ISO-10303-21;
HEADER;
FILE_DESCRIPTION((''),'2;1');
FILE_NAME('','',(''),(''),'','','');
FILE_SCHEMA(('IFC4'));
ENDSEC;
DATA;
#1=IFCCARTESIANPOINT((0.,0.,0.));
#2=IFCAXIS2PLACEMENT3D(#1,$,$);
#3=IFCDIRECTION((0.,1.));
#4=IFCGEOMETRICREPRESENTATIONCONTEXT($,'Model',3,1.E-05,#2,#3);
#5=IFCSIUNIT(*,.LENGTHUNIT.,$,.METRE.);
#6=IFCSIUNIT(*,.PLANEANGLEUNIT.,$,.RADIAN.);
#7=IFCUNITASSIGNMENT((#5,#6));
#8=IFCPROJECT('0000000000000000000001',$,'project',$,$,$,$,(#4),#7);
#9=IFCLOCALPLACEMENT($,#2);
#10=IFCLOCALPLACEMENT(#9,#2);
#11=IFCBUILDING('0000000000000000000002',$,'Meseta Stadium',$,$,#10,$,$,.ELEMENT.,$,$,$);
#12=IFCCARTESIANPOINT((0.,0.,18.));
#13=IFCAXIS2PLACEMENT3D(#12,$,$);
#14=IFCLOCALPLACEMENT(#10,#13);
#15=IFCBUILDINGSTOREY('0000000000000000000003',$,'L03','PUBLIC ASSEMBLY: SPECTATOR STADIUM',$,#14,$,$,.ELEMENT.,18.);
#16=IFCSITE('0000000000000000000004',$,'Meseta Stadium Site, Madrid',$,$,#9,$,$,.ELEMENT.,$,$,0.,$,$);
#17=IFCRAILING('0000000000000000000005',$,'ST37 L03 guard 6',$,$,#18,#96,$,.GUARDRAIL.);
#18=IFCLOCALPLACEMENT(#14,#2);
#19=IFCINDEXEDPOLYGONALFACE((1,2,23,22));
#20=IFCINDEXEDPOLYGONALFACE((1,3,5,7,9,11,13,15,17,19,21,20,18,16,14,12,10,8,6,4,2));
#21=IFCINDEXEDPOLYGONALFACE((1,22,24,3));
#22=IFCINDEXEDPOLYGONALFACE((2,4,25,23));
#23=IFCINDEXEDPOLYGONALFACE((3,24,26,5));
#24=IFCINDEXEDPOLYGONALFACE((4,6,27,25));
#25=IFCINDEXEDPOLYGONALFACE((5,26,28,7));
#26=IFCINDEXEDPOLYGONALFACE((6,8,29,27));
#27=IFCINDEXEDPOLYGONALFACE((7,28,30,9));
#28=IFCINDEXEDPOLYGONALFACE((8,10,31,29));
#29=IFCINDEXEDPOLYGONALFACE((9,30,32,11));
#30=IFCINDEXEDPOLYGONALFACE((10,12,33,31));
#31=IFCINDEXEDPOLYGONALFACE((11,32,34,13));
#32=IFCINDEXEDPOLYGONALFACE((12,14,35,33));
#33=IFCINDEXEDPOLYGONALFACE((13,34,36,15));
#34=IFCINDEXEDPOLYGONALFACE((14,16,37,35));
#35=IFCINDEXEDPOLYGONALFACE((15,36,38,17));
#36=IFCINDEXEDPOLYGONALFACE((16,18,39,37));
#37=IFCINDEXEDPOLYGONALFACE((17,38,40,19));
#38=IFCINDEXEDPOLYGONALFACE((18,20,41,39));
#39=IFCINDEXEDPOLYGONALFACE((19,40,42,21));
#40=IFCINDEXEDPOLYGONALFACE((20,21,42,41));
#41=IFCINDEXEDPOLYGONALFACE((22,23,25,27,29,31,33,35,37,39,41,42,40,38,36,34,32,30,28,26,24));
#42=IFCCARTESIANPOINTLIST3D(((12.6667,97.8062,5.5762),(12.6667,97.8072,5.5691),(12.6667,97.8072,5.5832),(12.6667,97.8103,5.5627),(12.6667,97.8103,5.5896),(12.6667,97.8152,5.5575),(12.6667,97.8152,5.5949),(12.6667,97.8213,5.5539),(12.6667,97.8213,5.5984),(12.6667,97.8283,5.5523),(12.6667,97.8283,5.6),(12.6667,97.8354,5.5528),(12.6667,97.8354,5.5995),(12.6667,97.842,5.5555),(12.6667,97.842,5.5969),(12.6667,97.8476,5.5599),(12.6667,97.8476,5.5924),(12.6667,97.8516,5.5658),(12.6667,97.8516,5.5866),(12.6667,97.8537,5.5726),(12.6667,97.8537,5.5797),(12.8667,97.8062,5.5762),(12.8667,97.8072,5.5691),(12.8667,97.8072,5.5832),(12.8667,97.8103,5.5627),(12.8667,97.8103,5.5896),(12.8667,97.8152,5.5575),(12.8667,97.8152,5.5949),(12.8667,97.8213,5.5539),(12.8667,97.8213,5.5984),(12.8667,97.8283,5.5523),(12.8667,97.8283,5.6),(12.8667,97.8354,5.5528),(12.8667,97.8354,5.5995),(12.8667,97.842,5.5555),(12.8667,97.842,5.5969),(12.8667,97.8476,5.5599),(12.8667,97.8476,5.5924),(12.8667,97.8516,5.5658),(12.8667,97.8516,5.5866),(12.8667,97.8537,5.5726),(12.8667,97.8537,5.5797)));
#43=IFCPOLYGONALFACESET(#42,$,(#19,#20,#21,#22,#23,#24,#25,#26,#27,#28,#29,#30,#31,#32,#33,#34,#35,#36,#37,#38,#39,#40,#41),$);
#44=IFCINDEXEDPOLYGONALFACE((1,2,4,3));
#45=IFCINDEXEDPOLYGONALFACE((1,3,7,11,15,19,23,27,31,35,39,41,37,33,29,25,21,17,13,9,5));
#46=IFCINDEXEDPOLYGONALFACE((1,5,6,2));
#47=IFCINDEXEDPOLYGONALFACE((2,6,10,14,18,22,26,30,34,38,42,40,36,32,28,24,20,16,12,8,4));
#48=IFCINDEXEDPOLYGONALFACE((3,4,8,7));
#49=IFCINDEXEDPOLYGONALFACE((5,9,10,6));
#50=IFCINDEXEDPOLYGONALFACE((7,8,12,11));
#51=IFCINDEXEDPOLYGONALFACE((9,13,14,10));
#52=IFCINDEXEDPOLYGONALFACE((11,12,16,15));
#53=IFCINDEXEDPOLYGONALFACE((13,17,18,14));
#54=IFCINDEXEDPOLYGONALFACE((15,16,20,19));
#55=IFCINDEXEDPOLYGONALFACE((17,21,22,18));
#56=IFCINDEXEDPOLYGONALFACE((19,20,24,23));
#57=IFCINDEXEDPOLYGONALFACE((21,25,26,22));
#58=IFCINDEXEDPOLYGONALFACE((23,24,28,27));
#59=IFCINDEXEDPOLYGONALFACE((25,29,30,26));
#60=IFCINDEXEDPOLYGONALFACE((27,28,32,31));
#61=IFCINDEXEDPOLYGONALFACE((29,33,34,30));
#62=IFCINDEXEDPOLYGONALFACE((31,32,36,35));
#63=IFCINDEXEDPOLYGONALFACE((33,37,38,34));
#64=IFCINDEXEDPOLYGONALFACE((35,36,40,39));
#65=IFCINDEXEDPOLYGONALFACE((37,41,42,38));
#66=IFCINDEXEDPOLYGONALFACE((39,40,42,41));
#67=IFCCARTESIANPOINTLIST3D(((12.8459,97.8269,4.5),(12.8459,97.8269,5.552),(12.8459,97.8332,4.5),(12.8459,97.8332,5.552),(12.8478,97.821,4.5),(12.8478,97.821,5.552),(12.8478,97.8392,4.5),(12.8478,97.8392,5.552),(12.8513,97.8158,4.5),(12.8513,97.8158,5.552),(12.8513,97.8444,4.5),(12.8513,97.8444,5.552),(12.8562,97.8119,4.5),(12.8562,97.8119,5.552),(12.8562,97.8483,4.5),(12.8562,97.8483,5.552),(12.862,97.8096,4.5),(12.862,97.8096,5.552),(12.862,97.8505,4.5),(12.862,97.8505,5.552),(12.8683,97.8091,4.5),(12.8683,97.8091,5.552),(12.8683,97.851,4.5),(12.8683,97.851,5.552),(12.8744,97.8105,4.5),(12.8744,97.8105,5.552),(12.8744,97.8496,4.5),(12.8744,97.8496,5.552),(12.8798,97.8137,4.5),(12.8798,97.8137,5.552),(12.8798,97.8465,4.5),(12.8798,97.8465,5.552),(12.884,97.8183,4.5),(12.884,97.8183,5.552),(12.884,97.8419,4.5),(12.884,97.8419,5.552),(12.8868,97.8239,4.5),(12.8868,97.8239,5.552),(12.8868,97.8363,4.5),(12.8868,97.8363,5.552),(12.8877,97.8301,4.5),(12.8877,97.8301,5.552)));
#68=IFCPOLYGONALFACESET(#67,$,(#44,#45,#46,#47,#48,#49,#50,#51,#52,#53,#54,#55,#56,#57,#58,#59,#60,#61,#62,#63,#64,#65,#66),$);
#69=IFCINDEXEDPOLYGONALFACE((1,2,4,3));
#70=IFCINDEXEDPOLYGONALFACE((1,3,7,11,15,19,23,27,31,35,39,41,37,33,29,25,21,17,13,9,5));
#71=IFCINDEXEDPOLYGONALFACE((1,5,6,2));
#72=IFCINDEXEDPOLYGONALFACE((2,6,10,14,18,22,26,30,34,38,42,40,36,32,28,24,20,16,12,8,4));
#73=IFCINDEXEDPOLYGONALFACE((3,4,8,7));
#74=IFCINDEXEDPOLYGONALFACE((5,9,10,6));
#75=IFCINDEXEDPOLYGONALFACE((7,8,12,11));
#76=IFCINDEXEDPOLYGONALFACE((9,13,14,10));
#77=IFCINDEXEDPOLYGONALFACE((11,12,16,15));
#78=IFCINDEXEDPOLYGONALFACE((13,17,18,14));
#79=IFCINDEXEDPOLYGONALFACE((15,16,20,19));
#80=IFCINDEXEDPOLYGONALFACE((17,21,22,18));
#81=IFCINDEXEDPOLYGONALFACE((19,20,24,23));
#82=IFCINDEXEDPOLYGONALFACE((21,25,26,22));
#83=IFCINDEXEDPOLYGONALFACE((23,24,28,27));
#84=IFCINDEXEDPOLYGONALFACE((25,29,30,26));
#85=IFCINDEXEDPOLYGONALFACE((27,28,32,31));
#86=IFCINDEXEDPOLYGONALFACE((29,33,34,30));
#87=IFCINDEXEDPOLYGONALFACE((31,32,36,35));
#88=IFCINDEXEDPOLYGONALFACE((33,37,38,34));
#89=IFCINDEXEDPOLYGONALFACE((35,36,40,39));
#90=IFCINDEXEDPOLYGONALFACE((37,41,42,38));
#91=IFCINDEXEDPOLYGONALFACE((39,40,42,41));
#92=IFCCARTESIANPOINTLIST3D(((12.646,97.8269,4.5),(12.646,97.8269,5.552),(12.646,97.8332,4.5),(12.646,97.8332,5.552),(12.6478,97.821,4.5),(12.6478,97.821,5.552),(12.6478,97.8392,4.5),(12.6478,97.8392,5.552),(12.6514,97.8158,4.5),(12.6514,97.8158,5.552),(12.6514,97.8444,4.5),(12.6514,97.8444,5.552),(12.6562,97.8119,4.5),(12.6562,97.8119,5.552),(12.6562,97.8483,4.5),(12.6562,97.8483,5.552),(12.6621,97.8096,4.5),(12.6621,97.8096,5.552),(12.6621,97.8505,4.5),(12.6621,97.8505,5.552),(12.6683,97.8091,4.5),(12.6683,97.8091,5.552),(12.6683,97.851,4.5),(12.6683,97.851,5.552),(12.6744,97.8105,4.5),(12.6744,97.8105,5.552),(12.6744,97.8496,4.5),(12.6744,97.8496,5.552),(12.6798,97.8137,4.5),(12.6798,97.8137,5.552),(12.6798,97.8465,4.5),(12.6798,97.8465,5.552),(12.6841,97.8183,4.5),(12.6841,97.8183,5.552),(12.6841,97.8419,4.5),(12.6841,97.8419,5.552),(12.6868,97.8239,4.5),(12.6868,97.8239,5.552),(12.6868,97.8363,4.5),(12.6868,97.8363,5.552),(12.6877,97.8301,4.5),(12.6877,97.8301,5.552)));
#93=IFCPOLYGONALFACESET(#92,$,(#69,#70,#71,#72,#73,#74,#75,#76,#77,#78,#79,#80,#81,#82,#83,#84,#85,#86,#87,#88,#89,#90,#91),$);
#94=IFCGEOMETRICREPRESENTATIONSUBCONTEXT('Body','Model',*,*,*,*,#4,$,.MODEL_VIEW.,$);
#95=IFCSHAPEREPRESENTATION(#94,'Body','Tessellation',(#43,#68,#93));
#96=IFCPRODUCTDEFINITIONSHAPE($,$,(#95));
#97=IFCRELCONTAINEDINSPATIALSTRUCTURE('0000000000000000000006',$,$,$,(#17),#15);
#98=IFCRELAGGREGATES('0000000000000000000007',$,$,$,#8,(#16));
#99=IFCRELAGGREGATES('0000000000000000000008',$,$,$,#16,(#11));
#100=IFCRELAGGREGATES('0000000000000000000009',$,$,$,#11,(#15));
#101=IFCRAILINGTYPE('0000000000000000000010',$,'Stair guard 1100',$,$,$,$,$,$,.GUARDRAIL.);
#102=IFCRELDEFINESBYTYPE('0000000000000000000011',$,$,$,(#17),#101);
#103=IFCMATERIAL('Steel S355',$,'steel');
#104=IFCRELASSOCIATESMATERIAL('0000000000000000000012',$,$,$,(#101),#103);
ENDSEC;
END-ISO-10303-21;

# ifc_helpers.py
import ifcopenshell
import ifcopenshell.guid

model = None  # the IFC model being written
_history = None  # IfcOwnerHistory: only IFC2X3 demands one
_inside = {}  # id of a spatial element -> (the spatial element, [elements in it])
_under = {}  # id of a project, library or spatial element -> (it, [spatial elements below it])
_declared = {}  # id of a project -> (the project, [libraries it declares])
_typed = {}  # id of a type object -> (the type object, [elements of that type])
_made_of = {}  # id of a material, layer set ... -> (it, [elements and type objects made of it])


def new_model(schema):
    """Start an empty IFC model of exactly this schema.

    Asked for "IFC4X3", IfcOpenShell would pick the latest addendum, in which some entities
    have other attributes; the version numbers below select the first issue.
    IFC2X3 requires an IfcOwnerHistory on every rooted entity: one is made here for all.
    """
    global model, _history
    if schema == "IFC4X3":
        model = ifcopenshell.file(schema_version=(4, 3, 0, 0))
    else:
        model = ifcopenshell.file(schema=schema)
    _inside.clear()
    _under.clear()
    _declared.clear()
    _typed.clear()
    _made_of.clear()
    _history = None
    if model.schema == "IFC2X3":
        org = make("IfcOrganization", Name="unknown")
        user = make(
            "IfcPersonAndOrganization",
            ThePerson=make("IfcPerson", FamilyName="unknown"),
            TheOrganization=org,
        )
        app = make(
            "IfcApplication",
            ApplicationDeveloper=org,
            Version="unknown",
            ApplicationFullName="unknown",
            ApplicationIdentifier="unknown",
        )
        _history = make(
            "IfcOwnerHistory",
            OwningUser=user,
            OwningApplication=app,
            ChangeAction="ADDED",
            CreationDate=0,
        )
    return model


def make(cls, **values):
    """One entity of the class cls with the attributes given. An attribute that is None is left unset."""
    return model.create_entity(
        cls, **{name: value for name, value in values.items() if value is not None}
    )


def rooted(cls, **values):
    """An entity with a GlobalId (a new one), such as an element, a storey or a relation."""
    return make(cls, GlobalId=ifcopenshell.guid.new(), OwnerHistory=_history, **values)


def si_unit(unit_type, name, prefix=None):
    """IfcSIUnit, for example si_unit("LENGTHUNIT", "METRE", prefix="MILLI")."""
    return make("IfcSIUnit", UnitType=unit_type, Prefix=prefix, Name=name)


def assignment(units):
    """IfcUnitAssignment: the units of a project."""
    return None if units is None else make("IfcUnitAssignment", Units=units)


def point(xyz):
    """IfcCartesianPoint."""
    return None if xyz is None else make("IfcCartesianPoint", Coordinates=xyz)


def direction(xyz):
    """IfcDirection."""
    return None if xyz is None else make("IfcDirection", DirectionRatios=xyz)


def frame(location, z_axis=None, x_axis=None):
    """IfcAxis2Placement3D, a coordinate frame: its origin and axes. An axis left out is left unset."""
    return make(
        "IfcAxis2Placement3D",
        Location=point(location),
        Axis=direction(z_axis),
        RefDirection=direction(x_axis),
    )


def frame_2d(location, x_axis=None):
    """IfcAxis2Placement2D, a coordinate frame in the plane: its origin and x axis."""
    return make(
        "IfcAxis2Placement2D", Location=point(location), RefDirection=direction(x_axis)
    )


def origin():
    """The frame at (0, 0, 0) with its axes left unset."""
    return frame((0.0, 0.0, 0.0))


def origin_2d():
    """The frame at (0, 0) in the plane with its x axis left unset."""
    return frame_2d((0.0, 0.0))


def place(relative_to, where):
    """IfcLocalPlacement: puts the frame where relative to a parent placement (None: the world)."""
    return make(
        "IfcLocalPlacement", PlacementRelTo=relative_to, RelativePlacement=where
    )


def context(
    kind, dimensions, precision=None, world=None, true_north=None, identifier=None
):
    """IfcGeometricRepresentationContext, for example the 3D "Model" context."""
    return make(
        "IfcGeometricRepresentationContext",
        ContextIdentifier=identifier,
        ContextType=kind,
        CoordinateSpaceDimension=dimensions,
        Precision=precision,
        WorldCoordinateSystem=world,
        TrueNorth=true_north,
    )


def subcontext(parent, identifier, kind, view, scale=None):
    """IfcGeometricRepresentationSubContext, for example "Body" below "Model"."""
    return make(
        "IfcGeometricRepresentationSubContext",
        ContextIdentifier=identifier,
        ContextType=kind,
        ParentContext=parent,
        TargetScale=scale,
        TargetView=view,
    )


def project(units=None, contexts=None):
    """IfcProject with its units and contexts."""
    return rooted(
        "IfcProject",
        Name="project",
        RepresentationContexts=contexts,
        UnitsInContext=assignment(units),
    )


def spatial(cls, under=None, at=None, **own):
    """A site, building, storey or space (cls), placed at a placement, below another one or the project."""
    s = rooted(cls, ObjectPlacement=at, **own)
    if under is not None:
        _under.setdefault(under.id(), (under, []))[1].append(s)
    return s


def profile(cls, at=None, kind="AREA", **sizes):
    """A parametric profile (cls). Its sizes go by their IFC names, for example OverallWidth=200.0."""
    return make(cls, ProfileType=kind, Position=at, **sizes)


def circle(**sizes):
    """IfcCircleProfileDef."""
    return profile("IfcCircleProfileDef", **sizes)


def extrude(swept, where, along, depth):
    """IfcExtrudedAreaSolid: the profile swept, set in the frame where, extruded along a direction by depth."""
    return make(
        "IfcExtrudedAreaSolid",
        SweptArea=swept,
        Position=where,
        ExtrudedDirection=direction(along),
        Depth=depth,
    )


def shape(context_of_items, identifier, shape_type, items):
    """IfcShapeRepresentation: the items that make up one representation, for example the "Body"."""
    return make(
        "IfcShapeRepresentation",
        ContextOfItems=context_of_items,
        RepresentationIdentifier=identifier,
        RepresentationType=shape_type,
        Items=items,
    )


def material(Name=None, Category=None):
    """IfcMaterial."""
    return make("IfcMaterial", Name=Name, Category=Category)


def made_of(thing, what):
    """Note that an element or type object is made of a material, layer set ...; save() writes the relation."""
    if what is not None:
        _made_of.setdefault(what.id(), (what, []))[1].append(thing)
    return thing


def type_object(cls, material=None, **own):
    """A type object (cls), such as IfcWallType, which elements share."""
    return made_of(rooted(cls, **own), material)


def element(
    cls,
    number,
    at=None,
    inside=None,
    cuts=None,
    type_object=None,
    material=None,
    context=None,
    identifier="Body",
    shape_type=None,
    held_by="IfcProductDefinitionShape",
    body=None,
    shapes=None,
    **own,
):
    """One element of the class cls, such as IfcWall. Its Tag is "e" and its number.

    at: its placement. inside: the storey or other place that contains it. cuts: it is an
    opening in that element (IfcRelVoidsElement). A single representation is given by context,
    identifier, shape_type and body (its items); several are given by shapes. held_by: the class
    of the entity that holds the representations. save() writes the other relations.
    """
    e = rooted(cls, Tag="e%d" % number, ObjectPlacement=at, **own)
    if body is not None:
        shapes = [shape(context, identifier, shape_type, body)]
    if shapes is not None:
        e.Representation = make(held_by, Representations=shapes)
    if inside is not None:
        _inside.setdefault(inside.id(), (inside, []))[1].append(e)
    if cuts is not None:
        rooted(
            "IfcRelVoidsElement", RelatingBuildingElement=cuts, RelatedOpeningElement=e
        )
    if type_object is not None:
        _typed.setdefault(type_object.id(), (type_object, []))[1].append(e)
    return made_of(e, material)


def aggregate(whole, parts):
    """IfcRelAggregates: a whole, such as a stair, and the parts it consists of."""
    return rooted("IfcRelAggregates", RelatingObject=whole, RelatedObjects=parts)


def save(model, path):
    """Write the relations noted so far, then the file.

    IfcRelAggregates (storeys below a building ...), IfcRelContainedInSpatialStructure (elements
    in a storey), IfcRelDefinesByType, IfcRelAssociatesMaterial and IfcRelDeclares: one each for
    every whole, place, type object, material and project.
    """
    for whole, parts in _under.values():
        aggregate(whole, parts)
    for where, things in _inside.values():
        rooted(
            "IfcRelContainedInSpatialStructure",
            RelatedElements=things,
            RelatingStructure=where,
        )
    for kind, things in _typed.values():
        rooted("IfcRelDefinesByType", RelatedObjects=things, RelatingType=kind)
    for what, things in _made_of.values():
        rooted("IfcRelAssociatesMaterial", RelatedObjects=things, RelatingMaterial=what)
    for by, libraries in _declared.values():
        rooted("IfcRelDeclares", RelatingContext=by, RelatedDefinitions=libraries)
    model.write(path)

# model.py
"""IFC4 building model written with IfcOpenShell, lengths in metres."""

from ifc_helpers import new_model, si_unit, direction, frame, origin, origin_2d, place, context, subcontext, project, spatial, circle, extrude, material, type_object, element, save


model = new_model("IFC4")

# Units and contexts
model_context = context("Model", 3, precision=1e-05, world=origin(), true_north=direction((0.0, 1.0)))
body_context = subcontext(model_context, "Body", "Model", "MODEL_VIEW")
ifc_project = project(units=[si_unit("LENGTHUNIT", "METRE"), si_unit("PLANEANGLEUNIT", "RADIAN")], contexts=[model_context])

# Site, building, storey
site_placement = place(None, origin())
site = spatial("IfcSite", under=ifc_project, at=site_placement, Name="Meseta Stadium Site, Madrid", CompositionType="ELEMENT", RefElevation=0.0)
building_placement = place(site_placement, origin())
building = spatial("IfcBuilding", under=site, at=building_placement, Name="Meseta Stadium", CompositionType="ELEMENT")
storey_placement = place(building_placement, frame((0.0, 0.0, 18.0)))
storey = spatial("IfcBuildingStorey", under=building, at=storey_placement, Name="L03", Description="PUBLIC ASSEMBLY: SPECTATOR STADIUM", CompositionType="ELEMENT", Elevation=18.0)

# Railing
ifc_material_1 = material(Name="Steel S355", Category="steel")
railing_type_1 = type_object("IfcRailingType", Name="Stair guard 1100", PredefinedType="GUARDRAIL", material=ifc_material_1)
railing_1_placement = place(storey_placement, frame((12.8667, 97.8301, 4.5)))
element("IfcRailing", 1, at=railing_1_placement, inside=storey, type_object=railing_type_1, Name="ST37 L03 guard 6", PredefinedType="GUARDRAIL", context=body_context, shape_type="SweptSolid", body=[
    extrude(circle(Radius=0.0239, at=origin_2d()), frame((0.0, 0.0, 1.0762), z_axis=(-1.0, 0.0, 0.0), x_axis=(0.0, -1.0, 0.0)), (0.0, 0.0, 1.0), 0.2),
    extrude(circle(Radius=0.021, at=origin_2d()), origin(), (0.0, 0.0, 1.0), 1.052),
    extrude(circle(Radius=0.021, at=origin_2d()), frame((-0.2, 0.0, 0.0)), (0.0, 0.0, 1.0), 1.052),
])

save(model, "model.ifc")
